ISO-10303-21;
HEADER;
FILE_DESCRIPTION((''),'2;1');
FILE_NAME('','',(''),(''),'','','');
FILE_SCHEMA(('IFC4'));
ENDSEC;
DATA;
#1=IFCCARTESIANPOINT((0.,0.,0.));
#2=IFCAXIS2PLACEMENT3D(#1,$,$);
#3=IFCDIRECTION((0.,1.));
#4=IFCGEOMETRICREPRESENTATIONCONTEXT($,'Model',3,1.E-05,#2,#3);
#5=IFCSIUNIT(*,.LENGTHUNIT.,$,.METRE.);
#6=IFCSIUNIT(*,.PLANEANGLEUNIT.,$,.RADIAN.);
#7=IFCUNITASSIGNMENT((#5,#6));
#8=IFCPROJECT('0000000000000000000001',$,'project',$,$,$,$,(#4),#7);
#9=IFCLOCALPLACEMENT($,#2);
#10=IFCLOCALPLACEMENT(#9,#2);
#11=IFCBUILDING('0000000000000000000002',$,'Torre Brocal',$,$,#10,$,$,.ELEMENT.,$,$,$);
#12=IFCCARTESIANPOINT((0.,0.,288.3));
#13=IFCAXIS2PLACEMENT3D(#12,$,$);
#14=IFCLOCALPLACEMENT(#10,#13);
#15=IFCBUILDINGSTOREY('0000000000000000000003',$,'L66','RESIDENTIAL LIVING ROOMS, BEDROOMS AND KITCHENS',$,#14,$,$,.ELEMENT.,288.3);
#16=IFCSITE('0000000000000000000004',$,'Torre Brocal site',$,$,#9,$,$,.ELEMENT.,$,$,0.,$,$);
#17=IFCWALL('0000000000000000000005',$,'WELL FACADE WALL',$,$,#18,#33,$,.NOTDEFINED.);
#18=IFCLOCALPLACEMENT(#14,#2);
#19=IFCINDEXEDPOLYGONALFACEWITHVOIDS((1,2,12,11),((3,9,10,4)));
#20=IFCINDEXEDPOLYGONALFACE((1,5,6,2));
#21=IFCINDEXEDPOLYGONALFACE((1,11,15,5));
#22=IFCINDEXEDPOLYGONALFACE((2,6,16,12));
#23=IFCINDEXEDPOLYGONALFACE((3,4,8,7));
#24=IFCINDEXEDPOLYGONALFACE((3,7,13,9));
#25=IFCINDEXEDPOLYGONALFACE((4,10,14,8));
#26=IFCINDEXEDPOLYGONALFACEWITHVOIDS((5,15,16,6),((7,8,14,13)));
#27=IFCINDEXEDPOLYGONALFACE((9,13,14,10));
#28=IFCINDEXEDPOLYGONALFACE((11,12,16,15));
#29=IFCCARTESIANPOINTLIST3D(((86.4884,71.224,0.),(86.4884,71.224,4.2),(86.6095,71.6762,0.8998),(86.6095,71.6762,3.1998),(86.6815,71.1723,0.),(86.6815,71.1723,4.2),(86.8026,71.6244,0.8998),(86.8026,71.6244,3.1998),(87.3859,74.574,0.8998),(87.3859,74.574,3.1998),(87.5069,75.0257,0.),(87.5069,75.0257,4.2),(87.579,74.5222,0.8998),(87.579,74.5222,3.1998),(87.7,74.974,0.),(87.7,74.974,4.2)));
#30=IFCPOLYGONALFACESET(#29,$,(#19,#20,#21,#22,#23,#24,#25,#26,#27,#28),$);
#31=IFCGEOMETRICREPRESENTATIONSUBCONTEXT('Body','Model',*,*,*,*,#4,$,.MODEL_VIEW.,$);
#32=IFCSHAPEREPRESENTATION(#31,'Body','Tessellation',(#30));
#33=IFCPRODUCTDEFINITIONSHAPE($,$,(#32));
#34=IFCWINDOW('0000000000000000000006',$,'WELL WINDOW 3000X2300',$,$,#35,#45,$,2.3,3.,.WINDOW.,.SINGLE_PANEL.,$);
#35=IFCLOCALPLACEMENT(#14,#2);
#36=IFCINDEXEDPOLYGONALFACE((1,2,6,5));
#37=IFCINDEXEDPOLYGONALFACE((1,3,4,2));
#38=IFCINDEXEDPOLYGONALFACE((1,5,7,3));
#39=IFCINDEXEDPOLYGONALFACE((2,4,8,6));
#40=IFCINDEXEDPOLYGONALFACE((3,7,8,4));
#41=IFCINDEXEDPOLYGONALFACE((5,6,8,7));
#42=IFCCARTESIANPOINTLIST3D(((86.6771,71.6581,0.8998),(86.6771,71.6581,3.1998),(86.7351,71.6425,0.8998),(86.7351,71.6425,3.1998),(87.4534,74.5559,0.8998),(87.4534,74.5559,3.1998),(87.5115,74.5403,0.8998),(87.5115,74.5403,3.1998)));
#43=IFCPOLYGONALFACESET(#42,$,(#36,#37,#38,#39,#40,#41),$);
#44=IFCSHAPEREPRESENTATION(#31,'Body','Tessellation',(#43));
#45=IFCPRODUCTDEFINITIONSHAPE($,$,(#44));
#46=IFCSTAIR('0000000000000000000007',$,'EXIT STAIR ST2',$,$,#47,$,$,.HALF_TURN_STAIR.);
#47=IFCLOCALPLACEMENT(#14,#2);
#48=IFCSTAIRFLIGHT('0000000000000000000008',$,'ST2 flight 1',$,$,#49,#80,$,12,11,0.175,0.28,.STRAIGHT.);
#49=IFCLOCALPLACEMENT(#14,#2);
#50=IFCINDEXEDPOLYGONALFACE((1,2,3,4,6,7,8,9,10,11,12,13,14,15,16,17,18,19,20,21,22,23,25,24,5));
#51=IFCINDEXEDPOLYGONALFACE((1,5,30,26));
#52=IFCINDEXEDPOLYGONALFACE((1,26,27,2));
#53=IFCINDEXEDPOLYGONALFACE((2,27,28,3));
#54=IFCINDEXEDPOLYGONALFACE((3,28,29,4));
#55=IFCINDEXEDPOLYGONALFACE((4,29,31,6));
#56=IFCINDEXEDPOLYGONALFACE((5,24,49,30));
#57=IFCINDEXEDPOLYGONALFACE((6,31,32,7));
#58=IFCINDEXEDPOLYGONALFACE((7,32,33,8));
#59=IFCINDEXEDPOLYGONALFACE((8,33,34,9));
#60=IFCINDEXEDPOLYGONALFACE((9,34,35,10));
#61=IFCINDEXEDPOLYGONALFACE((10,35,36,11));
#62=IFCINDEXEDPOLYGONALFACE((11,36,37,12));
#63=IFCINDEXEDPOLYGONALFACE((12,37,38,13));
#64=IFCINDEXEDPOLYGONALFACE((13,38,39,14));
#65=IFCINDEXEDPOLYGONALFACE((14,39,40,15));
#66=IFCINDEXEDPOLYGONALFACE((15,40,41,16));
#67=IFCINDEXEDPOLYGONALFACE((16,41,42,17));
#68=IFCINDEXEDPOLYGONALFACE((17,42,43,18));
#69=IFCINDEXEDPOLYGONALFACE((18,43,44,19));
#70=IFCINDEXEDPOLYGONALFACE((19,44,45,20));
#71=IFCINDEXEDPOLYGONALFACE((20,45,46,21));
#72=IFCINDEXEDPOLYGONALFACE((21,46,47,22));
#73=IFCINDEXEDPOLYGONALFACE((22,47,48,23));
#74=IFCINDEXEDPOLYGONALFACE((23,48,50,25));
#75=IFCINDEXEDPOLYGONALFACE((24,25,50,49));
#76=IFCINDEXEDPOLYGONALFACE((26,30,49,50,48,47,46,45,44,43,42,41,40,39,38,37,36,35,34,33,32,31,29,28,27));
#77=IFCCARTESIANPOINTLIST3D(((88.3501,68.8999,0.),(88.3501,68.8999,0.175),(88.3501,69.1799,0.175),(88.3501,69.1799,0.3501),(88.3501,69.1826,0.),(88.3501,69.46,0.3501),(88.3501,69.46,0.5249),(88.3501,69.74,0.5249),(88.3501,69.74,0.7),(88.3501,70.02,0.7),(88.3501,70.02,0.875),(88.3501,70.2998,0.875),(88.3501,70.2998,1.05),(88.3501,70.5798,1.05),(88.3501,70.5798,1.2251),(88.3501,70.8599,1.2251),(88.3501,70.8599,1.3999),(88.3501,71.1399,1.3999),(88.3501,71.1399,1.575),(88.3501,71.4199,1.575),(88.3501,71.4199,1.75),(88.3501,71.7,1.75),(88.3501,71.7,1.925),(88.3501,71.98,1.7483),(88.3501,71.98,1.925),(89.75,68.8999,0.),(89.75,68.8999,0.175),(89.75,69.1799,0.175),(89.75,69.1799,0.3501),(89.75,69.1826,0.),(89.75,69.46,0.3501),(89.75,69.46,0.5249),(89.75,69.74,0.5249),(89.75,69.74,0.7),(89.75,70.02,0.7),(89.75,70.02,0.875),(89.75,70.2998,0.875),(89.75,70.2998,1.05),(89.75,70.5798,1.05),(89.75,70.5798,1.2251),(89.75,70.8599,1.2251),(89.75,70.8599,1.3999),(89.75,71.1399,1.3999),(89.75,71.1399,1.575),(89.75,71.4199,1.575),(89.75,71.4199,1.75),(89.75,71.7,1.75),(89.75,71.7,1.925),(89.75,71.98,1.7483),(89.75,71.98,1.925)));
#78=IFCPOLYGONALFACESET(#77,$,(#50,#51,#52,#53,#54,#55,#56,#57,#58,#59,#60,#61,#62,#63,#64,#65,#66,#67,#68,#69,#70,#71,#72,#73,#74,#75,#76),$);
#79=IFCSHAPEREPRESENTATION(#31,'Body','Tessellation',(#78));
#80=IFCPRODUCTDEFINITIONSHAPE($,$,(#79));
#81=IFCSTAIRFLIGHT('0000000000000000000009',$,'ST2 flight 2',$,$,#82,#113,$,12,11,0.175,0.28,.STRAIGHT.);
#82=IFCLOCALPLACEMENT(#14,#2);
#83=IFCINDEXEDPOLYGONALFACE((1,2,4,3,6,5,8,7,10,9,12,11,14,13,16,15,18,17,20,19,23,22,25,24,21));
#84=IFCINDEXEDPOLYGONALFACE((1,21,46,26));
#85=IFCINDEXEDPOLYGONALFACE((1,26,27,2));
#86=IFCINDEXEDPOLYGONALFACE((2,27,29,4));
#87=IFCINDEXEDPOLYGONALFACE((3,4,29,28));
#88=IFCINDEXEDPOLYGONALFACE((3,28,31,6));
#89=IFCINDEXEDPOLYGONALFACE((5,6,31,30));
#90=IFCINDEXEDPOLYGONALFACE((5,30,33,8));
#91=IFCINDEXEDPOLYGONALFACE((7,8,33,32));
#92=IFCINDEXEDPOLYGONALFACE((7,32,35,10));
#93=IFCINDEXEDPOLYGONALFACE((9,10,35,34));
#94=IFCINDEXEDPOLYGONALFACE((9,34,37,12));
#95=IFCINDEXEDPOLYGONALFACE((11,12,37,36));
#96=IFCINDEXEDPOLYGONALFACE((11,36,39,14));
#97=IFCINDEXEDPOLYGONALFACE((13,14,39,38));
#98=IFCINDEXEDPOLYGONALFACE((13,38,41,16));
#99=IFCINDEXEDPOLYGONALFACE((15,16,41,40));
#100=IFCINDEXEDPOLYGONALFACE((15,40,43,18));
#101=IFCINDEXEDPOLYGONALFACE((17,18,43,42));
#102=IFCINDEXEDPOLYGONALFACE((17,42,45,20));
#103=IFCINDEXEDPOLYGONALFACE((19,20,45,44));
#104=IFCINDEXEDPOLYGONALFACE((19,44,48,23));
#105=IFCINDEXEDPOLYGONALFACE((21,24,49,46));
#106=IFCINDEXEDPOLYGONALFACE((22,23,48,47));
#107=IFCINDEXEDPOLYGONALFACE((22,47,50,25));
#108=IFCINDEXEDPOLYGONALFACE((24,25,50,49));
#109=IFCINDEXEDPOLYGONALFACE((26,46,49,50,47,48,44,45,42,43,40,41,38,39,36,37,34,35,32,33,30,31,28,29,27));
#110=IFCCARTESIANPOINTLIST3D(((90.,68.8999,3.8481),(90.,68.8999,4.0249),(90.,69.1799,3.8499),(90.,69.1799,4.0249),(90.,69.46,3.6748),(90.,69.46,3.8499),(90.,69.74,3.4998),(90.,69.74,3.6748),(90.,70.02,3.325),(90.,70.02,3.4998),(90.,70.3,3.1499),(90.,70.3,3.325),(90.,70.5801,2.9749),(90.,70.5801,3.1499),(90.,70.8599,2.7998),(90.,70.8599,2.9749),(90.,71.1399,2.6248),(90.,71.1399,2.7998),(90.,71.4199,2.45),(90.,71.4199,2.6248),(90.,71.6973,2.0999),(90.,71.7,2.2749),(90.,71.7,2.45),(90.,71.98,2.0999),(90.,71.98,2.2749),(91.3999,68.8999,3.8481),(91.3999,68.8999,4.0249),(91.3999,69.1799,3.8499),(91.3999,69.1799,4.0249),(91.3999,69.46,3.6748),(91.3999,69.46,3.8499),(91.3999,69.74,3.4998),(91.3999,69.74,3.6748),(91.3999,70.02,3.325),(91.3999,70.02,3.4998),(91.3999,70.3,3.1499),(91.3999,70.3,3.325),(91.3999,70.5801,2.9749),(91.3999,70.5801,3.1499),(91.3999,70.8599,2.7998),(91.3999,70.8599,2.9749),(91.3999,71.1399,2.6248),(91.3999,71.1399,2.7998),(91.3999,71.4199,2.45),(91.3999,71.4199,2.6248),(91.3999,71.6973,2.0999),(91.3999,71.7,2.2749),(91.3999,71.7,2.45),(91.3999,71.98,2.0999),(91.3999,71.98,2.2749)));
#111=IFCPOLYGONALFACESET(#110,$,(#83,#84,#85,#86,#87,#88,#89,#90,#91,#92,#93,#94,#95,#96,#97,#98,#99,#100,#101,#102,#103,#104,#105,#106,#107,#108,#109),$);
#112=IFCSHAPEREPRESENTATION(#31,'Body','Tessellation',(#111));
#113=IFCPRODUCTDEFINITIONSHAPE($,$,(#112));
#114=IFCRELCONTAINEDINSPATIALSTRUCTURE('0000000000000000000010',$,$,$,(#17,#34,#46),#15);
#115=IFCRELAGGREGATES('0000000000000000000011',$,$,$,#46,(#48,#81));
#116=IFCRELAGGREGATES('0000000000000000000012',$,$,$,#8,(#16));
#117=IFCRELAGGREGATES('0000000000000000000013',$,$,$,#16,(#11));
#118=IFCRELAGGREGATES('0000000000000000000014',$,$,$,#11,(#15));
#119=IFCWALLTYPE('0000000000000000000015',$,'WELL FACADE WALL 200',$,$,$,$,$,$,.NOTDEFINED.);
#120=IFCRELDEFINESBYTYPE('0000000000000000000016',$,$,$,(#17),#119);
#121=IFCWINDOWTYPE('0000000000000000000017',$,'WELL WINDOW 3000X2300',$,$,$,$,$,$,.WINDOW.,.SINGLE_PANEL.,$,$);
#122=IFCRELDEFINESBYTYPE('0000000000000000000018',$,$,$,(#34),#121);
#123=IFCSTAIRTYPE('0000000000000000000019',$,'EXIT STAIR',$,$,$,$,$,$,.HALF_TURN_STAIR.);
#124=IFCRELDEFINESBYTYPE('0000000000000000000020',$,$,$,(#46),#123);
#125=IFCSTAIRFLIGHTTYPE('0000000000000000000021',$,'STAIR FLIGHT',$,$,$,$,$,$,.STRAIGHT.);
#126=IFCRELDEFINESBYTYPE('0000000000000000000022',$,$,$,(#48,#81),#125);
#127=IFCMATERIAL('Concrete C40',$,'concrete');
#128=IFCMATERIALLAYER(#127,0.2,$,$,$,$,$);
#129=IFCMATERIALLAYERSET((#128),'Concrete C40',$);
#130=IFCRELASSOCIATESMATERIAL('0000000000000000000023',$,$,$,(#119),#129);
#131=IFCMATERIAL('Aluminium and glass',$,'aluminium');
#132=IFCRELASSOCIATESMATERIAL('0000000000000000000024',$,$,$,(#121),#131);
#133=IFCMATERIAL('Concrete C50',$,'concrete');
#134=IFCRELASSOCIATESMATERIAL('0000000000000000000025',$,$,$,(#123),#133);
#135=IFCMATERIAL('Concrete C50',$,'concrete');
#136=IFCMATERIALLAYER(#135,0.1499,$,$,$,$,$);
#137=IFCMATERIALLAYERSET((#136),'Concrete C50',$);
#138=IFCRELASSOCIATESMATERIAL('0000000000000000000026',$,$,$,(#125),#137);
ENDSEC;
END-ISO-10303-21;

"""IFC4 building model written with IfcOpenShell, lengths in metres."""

from ifc_helpers import new_model, si_unit, direction, frame, frame_2d, origin, place, context, subcontext, project, spatial, polyline, rectangle, outline, extrude, material, layer, layer_set, type_object, element, fill, aggregate, save


model = new_model("IFC4")

# Units and contexts
model_context = context("Model", 3, precision=1e-05, world=origin(), true_north=direction((0.0, 1.0)))
body_context = subcontext(model_context, "Body", "Model", "MODEL_VIEW")
ifc_project = project(units=[si_unit("LENGTHUNIT", "METRE"), si_unit("PLANEANGLEUNIT", "RADIAN")], contexts=[model_context])

# Site, building, storey
site_placement = place(None, origin())
site = spatial("IfcSite", under=ifc_project, at=site_placement, Name="Torre Brocal site", CompositionType="ELEMENT", RefElevation=0.0)
building_placement = place(site_placement, origin())
building = spatial("IfcBuilding", under=site, at=building_placement, Name="Torre Brocal", CompositionType="ELEMENT")
storey_placement = place(building_placement, frame((0.0, 0.0, 288.3)))
storey = spatial("IfcBuildingStorey", under=building, at=storey_placement, Name="L66", Description="RESIDENTIAL LIVING ROOMS, BEDROOMS AND KITCHENS", CompositionType="ELEMENT", Elevation=288.3)

# Wall, opening, window
ifc_material_1 = material(Name="Concrete C40", Category="concrete")
ifc_layer_1 = layer(ifc_material_1, 0.2)
ifc_layer_set_1 = layer_set([ifc_layer_1], Name="Concrete C40")
wall_type_1 = type_object("IfcWallType", Name="WELL FACADE WALL 200", PredefinedType="NOTDEFINED", material=ifc_layer_set_1)
ifc_material_2 = material(Name="Aluminium and glass", Category="aluminium")
window_type = type_object("IfcWindowType", Name="WELL WINDOW 3000X2300", PartitioningType="SINGLE_PANEL", PredefinedType="WINDOW", material=ifc_material_2)
wall_1_placement = place(storey_placement, frame((86.585, 71.1982, 0.0), z_axis=(0.0, 0.0, 1.0), x_axis=(0.25879, 0.965934, 0.0)))
wall_1 = element("IfcWall", 1, at=wall_1_placement, inside=storey, type_object=wall_type_1, Name="WELL FACADE WALL", PredefinedType="NOTDEFINED", context=body_context, shape_type="SweptSolid", body=[
    extrude(rectangle(XDim=3.9358, YDim=0.2, at=frame_2d((1.9678, 0.0))), origin(), (0.0, 0.0, 1.0), 4.2),
])
opening_1_placement = place(wall_1_placement, frame((0.468, 0.0, 0.8999)))
opening_1 = element("IfcOpeningElement", 2, at=opening_1_placement, cuts=wall_1, PredefinedType="OPENING", context=body_context, shape_type="SweptSolid", body=[
    extrude(rectangle(XDim=3.0, YDim=2.3, at=frame_2d((1.5, 1.1499))), frame((0.0, 0.1099, 0.0), z_axis=(0.0, -1.0, 0.0), x_axis=(1.0, 0.0, 0.0)), (0.0, 0.0, 1.0), 0.22),
])
window_1_placement = place(opening_1_placement, origin())
window_1 = element("IfcWindow", 3, at=window_1_placement, inside=storey, type_object=window_type, Name="WELL WINDOW 3000X2300", OverallHeight=2.3, OverallWidth=3.0, PartitioningType="SINGLE_PANEL", PredefinedType="WINDOW", context=body_context, shape_type="SweptSolid", body=[
    extrude(rectangle(XDim=3.0, YDim=2.3, at=frame_2d((1.5, 1.1499))), frame((0.0, 0.03, 0.0), z_axis=(0.0, -1.0, 0.0), x_axis=(1.0, 0.0, 0.0)), (0.0, 0.0, 1.0), 0.0601),
])
fill(opening_1, window_1)

# Stair, stair flights
ifc_material_3 = material(Name="Concrete C50", Category="concrete")
stair_type = type_object("IfcStairType", Name="EXIT STAIR", PredefinedType="HALF_TURN_STAIR", material=ifc_material_3)
stair_placement = place(storey_placement, origin())
stair = element("IfcStair", 4, at=stair_placement, inside=storey, type_object=stair_type, Name="EXIT STAIR ST2", PredefinedType="HALF_TURN_STAIR")
ifc_material_4 = material(Name="Concrete C50", Category="concrete")
ifc_layer_2 = layer(ifc_material_4, 0.1499)
ifc_layer_set_2 = layer_set([ifc_layer_2], Name="Concrete C50")
stair_flight_type = type_object("IfcStairFlightType", Name="STAIR FLIGHT", PredefinedType="STRAIGHT", material=ifc_layer_set_2)
stair_flight_1_placement = place(storey_placement, frame((89.05, 68.8999, 0.0), z_axis=(0.0, 0.0, 1.0), x_axis=(0.0, 1.0, 0.0)))
stair_flight_1 = element("IfcStairFlight", 5, at=stair_flight_1_placement, type_object=stair_flight_type, Name="ST2 flight 1", NumberOfRisers=12, NumberOfTreads=11, PredefinedType="STRAIGHT", RiserHeight=0.175, TreadLength=0.28, context=body_context, shape_type="SweptSolid", body=[
    extrude(outline(polyline([(0.0, 0.0), (0.0, 0.175), (0.28, 0.175), (0.28, 0.3501), (0.5601, 0.3501), (0.5601, 0.5249), (0.8401, 0.5249), (0.8401, 0.7), (1.1201, 0.7), (1.1201, 0.875), (1.3999, 0.875), (1.3999, 1.05), (1.6799, 1.05), (1.6799, 1.2251), (1.96, 1.2251), (1.96, 1.3999), (2.24, 1.3999), (2.24, 1.575), (2.52, 1.575), (2.52, 1.75), (2.8, 1.75), (2.8, 1.925), (3.0801, 1.925), (3.0801, 2.1001), (3.0801, 1.7483), (0.2827, 0.0), (0.0, 0.0)])), frame((0.0, 0.7, 0.0), z_axis=(0.0, -1.0, 0.0), x_axis=(1.0, 0.0, 0.0)), (0.0, 0.0, 1.0), 1.3999),
])
stair_flight_2_placement = place(storey_placement, frame((90.7, 71.98, 2.0999), z_axis=(0.0, 0.0, 1.0), x_axis=(0.0, -1.0, 0.0)))
stair_flight_2 = element("IfcStairFlight", 6, at=stair_flight_2_placement, type_object=stair_flight_type, Name="ST2 flight 2", NumberOfRisers=12, NumberOfTreads=11, PredefinedType="STRAIGHT", RiserHeight=0.175, TreadLength=0.28, context=body_context, shape_type="SweptSolid", body=[
    extrude(outline(polyline([(0.0, 0.0), (0.0, 0.175), (0.28, 0.175), (0.28, 0.3501), (0.5601, 0.3501), (0.5601, 0.5249), (0.8401, 0.5249), (0.8401, 0.7), (1.1201, 0.7), (1.1201, 0.875), (1.3999, 0.875), (1.3999, 1.05), (1.6799, 1.05), (1.6799, 1.2251), (1.96, 1.2251), (1.96, 1.3999), (2.24, 1.3999), (2.24, 1.575), (2.52, 1.575), (2.52, 1.75), (2.8, 1.75), (2.8, 1.925), (3.0801, 1.925), (3.0801, 2.1001), (3.0801, 1.7483), (0.2827, 0.0), (0.0, 0.0)])), frame((0.0, 0.7, 0.0), z_axis=(0.0, -1.0, 0.0), x_axis=(1.0, 0.0, 0.0)), (0.0, 0.0, 1.0), 1.3999),
])
aggregate(stair, [stair_flight_1, stair_flight_2])

save(model, "model.ifc")
